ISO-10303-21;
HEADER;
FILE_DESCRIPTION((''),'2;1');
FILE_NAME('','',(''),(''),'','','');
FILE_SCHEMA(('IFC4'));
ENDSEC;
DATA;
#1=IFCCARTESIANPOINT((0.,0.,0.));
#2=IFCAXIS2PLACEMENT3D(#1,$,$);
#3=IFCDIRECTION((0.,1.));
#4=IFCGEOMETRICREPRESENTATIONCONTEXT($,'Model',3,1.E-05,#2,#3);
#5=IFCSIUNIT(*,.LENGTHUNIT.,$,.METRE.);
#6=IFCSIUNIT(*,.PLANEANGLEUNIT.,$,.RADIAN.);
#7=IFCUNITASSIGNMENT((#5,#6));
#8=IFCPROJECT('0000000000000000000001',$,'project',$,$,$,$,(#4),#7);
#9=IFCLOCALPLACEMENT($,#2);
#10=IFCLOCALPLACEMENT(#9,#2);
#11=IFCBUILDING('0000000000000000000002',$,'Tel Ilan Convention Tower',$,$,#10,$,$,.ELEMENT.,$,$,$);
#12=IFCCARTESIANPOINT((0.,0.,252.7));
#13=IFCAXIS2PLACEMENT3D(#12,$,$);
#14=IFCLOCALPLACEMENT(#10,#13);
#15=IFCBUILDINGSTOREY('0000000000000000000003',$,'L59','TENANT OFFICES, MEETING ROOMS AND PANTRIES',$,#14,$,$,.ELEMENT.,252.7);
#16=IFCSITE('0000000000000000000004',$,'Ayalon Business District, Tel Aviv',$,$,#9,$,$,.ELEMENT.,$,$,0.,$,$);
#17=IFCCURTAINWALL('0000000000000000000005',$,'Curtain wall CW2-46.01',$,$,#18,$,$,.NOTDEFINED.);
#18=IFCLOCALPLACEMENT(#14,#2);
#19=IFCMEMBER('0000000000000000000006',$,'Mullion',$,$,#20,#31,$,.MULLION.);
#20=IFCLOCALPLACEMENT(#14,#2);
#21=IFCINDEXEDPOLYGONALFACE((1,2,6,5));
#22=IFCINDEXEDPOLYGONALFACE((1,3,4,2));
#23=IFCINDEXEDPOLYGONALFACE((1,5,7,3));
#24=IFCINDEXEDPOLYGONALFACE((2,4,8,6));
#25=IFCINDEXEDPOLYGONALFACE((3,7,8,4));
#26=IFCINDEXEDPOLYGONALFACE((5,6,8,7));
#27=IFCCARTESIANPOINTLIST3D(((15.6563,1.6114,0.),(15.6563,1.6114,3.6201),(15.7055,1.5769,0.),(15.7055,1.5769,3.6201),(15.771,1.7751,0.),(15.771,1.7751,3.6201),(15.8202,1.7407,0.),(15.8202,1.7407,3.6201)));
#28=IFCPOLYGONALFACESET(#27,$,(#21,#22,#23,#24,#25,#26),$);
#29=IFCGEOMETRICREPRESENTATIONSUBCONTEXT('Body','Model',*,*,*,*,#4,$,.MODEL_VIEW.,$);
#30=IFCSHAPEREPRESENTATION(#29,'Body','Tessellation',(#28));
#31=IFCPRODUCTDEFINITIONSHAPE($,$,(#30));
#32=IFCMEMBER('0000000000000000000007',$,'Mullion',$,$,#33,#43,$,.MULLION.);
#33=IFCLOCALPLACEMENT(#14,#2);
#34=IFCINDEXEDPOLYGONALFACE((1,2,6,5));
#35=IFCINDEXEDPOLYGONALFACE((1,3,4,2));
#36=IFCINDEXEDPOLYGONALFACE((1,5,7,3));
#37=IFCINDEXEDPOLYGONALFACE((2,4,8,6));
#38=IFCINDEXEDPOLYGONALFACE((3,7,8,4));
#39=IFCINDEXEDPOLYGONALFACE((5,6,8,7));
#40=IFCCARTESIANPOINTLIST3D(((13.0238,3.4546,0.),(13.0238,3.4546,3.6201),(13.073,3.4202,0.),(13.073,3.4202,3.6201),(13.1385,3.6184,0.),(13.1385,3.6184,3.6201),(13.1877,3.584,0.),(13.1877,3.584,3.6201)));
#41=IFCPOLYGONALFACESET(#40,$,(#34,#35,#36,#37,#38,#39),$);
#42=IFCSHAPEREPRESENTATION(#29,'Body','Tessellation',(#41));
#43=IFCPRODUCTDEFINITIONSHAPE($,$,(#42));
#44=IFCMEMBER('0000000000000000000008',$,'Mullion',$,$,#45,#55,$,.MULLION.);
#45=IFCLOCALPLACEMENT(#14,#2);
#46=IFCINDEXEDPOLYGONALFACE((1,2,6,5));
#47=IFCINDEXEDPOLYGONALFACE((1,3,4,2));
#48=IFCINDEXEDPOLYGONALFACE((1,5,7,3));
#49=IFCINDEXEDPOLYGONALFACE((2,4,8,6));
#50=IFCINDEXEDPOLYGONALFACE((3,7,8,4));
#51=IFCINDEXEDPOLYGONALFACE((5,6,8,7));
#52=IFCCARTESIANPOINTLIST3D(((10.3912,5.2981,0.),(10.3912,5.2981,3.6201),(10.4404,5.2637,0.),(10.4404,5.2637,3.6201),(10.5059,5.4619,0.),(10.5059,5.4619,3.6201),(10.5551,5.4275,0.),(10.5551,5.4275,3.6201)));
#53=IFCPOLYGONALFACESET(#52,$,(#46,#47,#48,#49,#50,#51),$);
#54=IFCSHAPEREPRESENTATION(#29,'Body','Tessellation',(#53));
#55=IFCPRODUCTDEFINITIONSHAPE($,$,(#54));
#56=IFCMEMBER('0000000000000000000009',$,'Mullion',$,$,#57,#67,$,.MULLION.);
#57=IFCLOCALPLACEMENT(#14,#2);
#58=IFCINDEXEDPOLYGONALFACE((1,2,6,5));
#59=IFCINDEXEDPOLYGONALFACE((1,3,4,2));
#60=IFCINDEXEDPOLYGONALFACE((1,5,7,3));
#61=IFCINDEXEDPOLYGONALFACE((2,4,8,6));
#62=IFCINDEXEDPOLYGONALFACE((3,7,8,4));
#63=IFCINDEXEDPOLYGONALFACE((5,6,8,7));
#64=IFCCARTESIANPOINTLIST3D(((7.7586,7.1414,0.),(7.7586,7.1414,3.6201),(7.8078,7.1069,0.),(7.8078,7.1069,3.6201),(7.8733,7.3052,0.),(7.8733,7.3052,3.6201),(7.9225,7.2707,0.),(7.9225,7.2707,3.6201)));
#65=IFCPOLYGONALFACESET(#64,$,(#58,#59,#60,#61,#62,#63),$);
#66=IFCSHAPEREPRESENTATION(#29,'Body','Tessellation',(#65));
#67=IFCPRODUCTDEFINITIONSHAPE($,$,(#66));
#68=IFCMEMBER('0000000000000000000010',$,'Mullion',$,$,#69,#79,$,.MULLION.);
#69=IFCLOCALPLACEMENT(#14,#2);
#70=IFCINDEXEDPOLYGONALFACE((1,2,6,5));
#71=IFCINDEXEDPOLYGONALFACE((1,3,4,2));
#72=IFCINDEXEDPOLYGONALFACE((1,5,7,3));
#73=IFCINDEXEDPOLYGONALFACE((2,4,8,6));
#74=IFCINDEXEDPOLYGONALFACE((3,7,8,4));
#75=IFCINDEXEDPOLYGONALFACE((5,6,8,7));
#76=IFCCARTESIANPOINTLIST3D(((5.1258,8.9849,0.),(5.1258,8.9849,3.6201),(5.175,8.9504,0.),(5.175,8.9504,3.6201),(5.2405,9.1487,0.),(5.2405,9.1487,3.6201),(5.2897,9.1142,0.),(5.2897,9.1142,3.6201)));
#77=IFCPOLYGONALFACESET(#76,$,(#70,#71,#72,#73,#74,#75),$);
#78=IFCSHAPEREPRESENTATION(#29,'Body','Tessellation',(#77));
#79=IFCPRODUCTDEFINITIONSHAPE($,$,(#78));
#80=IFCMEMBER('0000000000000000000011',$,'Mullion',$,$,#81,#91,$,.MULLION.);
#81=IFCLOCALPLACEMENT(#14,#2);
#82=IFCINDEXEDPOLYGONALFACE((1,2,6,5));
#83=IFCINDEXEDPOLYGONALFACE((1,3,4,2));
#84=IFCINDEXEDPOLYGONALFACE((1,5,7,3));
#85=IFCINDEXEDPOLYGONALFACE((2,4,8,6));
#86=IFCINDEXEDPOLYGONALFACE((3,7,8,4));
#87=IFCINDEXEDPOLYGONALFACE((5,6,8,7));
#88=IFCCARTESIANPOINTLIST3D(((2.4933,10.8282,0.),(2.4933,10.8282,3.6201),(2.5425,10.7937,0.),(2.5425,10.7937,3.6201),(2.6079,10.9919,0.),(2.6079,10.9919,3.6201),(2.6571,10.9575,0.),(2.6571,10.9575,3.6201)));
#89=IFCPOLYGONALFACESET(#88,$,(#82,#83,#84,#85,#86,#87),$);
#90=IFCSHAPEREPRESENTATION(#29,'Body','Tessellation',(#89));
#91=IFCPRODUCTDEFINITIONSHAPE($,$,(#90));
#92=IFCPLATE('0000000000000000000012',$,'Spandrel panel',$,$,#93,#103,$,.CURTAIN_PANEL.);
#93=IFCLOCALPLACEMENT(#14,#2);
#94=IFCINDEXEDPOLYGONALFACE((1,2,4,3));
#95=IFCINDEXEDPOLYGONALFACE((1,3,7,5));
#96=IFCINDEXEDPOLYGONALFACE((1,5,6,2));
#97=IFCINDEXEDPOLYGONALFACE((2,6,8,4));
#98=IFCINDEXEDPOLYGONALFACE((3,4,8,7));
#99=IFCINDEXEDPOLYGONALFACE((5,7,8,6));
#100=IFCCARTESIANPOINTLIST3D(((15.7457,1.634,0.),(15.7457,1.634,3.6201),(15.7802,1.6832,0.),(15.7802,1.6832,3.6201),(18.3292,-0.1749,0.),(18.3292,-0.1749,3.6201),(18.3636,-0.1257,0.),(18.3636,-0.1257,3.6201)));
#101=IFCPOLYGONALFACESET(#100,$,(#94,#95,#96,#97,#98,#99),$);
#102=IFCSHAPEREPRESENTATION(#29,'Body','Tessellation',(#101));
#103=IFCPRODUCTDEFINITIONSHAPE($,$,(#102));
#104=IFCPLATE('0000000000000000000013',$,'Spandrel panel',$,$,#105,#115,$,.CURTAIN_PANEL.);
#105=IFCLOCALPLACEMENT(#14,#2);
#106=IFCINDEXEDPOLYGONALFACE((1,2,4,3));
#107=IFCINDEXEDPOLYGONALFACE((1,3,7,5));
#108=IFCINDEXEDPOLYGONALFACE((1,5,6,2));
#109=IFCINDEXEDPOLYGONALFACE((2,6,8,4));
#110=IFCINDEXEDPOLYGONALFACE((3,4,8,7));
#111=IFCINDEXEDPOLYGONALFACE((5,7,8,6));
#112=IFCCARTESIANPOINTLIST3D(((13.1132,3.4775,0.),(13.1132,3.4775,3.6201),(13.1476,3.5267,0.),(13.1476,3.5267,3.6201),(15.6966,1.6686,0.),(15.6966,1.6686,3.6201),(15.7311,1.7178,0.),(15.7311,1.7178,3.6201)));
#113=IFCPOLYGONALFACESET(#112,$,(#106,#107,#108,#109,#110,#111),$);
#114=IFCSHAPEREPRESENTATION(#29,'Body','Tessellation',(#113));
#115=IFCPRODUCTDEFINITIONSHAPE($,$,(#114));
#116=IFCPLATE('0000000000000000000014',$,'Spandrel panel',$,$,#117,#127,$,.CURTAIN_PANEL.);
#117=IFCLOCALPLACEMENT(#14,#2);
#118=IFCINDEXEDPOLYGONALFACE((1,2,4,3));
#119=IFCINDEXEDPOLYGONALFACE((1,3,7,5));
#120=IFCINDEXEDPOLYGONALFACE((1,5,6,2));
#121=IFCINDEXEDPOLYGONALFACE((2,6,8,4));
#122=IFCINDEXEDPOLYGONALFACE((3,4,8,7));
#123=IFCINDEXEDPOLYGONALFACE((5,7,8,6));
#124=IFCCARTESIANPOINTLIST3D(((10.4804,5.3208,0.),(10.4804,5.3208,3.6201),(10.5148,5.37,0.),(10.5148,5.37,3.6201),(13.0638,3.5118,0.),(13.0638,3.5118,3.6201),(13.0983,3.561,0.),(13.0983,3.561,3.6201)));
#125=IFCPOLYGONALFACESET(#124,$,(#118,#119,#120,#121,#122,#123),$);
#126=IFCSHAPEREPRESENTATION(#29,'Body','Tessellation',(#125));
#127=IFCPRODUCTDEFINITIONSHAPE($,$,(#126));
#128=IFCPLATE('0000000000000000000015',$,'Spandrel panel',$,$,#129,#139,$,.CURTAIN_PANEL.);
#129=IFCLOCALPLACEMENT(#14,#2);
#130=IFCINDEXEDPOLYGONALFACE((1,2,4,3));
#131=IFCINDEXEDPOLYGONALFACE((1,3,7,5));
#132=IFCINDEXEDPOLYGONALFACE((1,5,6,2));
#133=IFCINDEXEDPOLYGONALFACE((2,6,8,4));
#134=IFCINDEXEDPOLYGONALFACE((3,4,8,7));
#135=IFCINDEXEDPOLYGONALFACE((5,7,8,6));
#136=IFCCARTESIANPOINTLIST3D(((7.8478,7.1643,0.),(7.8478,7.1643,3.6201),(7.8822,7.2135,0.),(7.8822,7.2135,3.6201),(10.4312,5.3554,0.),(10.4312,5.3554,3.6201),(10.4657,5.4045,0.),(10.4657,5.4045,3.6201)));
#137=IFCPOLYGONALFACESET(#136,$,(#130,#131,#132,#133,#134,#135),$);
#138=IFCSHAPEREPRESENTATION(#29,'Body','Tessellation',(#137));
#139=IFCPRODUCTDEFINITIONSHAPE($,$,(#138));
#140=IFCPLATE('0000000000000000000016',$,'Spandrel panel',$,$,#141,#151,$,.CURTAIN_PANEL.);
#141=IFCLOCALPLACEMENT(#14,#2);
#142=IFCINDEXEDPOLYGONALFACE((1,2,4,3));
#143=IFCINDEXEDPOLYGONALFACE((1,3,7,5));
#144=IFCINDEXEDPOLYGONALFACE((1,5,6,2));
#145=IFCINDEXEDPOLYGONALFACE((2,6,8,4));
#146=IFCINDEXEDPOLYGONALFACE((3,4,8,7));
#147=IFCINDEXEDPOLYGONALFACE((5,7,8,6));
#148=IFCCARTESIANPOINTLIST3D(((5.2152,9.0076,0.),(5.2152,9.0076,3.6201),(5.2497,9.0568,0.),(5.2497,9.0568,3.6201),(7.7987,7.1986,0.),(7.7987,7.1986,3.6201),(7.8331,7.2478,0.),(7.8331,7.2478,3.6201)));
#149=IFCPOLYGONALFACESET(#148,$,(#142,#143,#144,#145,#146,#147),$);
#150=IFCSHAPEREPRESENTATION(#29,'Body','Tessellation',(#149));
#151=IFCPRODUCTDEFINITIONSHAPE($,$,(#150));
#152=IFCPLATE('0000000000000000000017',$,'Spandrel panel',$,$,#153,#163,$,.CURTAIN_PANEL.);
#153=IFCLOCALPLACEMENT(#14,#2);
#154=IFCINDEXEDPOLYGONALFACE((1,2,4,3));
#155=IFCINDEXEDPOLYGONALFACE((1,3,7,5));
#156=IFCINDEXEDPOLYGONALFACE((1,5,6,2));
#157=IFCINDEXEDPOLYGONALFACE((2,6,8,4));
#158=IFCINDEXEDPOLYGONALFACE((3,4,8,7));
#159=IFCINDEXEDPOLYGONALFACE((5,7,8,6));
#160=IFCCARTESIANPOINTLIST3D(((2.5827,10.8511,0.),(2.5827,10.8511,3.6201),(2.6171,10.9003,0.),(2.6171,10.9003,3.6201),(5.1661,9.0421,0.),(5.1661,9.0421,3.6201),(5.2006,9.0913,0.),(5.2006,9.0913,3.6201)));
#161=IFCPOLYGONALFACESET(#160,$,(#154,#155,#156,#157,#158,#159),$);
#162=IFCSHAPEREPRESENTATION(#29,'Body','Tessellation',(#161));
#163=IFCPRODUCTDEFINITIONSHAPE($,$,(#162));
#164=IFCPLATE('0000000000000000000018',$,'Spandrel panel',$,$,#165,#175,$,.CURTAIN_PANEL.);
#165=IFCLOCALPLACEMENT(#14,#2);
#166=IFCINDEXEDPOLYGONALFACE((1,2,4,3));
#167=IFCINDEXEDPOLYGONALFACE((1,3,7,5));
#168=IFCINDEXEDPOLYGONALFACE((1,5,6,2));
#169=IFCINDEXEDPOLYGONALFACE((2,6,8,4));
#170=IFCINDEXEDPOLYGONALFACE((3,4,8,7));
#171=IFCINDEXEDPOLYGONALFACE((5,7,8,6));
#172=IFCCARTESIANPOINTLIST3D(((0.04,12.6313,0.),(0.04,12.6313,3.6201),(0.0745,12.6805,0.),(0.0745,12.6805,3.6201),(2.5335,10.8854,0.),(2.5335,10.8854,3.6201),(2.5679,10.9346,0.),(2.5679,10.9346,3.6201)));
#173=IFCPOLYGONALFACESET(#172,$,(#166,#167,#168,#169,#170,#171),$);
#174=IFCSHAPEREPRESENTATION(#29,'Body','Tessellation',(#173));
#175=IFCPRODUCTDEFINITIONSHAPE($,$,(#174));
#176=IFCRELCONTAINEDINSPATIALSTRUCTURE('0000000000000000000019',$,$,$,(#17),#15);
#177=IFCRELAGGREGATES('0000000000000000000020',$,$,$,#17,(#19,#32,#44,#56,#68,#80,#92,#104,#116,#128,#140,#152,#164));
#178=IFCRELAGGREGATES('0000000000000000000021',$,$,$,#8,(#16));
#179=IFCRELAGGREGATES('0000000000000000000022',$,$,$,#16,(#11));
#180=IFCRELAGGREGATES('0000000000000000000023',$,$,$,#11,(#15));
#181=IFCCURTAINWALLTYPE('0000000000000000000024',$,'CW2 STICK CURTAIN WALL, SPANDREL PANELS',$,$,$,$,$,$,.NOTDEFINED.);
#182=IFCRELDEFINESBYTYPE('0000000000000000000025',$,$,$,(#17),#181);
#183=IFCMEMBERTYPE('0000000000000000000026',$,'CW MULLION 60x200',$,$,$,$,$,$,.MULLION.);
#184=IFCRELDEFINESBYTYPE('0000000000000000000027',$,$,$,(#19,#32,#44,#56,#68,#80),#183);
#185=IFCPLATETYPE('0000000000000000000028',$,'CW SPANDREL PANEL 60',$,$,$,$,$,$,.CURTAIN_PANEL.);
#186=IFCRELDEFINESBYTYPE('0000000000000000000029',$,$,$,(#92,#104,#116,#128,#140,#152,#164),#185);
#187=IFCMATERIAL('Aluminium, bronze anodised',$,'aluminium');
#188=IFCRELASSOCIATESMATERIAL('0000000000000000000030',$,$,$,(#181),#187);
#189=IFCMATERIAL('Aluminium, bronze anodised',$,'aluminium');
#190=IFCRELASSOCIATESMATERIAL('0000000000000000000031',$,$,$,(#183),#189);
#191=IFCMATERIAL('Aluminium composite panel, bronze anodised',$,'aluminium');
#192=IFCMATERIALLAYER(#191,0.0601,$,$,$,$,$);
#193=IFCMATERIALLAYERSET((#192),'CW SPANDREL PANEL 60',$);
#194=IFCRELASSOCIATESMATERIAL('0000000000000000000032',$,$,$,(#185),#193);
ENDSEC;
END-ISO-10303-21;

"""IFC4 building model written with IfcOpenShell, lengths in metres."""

from ifc_helpers import new_model, si_unit, direction, frame, origin, origin_2d, place, context, subcontext, project, spatial, rectangle, extrude, material, layer, layer_set, material_profile, profile_set, type_object, element, aggregate, save


model = new_model("IFC4")

# Units and contexts
model_context = context("Model", 3, precision=1e-05, world=origin(), true_north=direction((0.0, 1.0)))
body_context = subcontext(model_context, "Body", "Model", "MODEL_VIEW")
ifc_project = project(units=[si_unit("LENGTHUNIT", "METRE"), si_unit("PLANEANGLEUNIT", "RADIAN")], contexts=[model_context])

# Site, building, storey
site_placement = place(None, origin())
site = spatial("IfcSite", under=ifc_project, at=site_placement, Name="Ayalon Business District, Tel Aviv", CompositionType="ELEMENT", RefElevation=0.0)
building_placement = place(site_placement, origin())
building = spatial("IfcBuilding", under=site, at=building_placement, Name="Tel Ilan Convention Tower", CompositionType="ELEMENT")
storey_placement = place(building_placement, frame((0.0, 0.0, 252.7)))
storey = spatial("IfcBuildingStorey", under=building, at=storey_placement, Name="L59", Description="TENANT OFFICES, MEETING ROOMS AND PANTRIES", CompositionType="ELEMENT", Elevation=252.7)

# Curtain wall, members, plates
ifc_material_1 = material(Name="Aluminium, bronze anodised", Category="aluminium")
curtain_wall_type = type_object("IfcCurtainWallType", Name="CW2 STICK CURTAIN WALL, SPANDREL PANELS", PredefinedType="NOTDEFINED", material=ifc_material_1)
curtain_wall_placement = place(storey_placement, origin())
curtain_wall = element("IfcCurtainWall", 1, at=curtain_wall_placement, inside=storey, type_object=curtain_wall_type, Name="Curtain wall CW2-46.01", PredefinedType="NOTDEFINED")
ifc_material_2 = material(Name="Aluminium, bronze anodised", Category="aluminium")
ifc_material_profile = material_profile(ifc_material_2, rectangle(XDim=0.0601, YDim=0.2, at=origin_2d()), Name="CW MULLION 60x200")
ifc_profile_set = profile_set([ifc_material_profile], Name="Aluminium, bronze anodised")
member_type = type_object("IfcMemberType", Name="CW MULLION 60x200", PredefinedType="MULLION", material=ifc_profile_set)
member_1_placement = place(storey_placement, frame((15.7383, 1.676, 0.0), z_axis=(0.0, 0.0, 1.0), x_axis=(-0.819152, 0.573576, 0.0)))
member_1 = element("IfcMember", 2, at=member_1_placement, type_object=member_type, Name="Mullion", PredefinedType="MULLION", context=body_context, shape_type="SweptSolid", body=[
    extrude(rectangle(XDim=0.0601, YDim=0.2, at=origin_2d()), origin(), (0.0, 0.0, 1.0), 3.6201),
])
member_2_placement = place(storey_placement, frame((13.1057, 3.5193, 0.0), z_axis=(0.0, 0.0, 1.0), x_axis=(-0.819152, 0.573576, 0.0)))
member_2 = element("IfcMember", 3, at=member_2_placement, type_object=member_type, Name="Mullion", PredefinedType="MULLION", context=body_context, shape_type="SweptSolid", body=[
    extrude(rectangle(XDim=0.0601, YDim=0.2, at=origin_2d()), origin(), (0.0, 0.0, 1.0), 3.6201),
])
member_3_placement = place(storey_placement, frame((10.4731, 5.3628, 0.0), z_axis=(0.0, 0.0, 1.0), x_axis=(-0.819152, 0.573576, 0.0)))
member_3 = element("IfcMember", 4, at=member_3_placement, type_object=member_type, Name="Mullion", PredefinedType="MULLION", context=body_context, shape_type="SweptSolid", body=[
    extrude(rectangle(XDim=0.0601, YDim=0.2, at=origin_2d()), origin(), (0.0, 0.0, 1.0), 3.6201),
])
member_4_placement = place(storey_placement, frame((7.8406, 7.2061, 0.0), z_axis=(0.0, 0.0, 1.0), x_axis=(-0.819152, 0.573576, 0.0)))
member_4 = element("IfcMember", 5, at=member_4_placement, type_object=member_type, Name="Mullion", PredefinedType="MULLION", context=body_context, shape_type="SweptSolid", body=[
    extrude(rectangle(XDim=0.0601, YDim=0.2, at=origin_2d()), origin(), (0.0, 0.0, 1.0), 3.6201),
])
member_5_placement = place(storey_placement, frame((5.2078, 9.0496, 0.0), z_axis=(0.0, 0.0, 1.0), x_axis=(-0.819152, 0.573576, 0.0)))
member_5 = element("IfcMember", 6, at=member_5_placement, type_object=member_type, Name="Mullion", PredefinedType="MULLION", context=body_context, shape_type="SweptSolid", body=[
    extrude(rectangle(XDim=0.0601, YDim=0.2, at=origin_2d()), origin(), (0.0, 0.0, 1.0), 3.6201),
])
member_6_placement = place(storey_placement, frame((2.5752, 10.8928, 0.0), z_axis=(0.0, 0.0, 1.0), x_axis=(-0.819152, 0.573576, 0.0)))
member_6 = element("IfcMember", 7, at=member_6_placement, type_object=member_type, Name="Mullion", PredefinedType="MULLION", context=body_context, shape_type="SweptSolid", body=[
    extrude(rectangle(XDim=0.0601, YDim=0.2, at=origin_2d()), origin(), (0.0, 0.0, 1.0), 3.6201),
])
ifc_material_3 = material(Name="Aluminium composite panel, bronze anodised", Category="aluminium")
ifc_layer_1 = layer(ifc_material_3, 0.0601)
ifc_layer_set_1 = layer_set([ifc_layer_1], Name="CW SPANDREL PANEL 60")
plate_type = type_object("IfcPlateType", Name="CW SPANDREL PANEL 60", PredefinedType="CURTAIN_PANEL", material=ifc_layer_set_1)
plate_1_placement = place(storey_placement, frame((17.0547, 0.7542, 0.0), z_axis=(0.0, 0.0, 1.0), x_axis=(-0.819152, 0.573576, 0.0)))
plate_1 = element("IfcPlate", 8, at=plate_1_placement, type_object=plate_type, Name="Spandrel panel", PredefinedType="CURTAIN_PANEL", context=body_context, shape_type="SweptSolid", body=[
    extrude(rectangle(XDim=3.1538, YDim=0.0601, at=origin_2d()), origin(), (0.0, 0.0, 1.0), 3.6201),
])
plate_2_placement = place(storey_placement, frame((14.4221, 2.5977, 0.0), z_axis=(0.0, 0.0, 1.0), x_axis=(-0.819152, 0.573576, 0.0)))
plate_2 = element("IfcPlate", 9, at=plate_2_placement, type_object=plate_type, Name="Spandrel panel", PredefinedType="CURTAIN_PANEL", context=body_context, shape_type="SweptSolid", body=[
    extrude(rectangle(XDim=3.1538, YDim=0.0601, at=origin_2d()), origin(), (0.0, 0.0, 1.0), 3.6201),
])
plate_3_placement = place(storey_placement, frame((11.7893, 4.4409, 0.0), z_axis=(0.0, 0.0, 1.0), x_axis=(-0.819152, 0.573576, 0.0)))
plate_3 = element("IfcPlate", 10, at=plate_3_placement, type_object=plate_type, Name="Spandrel panel", PredefinedType="CURTAIN_PANEL", context=body_context, shape_type="SweptSolid", body=[
    extrude(rectangle(XDim=3.1538, YDim=0.0601, at=origin_2d()), origin(), (0.0, 0.0, 1.0), 3.6201),
])
plate_4_placement = place(storey_placement, frame((9.1567, 6.2844, 0.0), z_axis=(0.0, 0.0, 1.0), x_axis=(-0.819152, 0.573576, 0.0)))
plate_4 = element("IfcPlate", 11, at=plate_4_placement, type_object=plate_type, Name="Spandrel panel", PredefinedType="CURTAIN_PANEL", context=body_context, shape_type="SweptSolid", body=[
    extrude(rectangle(XDim=3.1538, YDim=0.0601, at=origin_2d()), origin(), (0.0, 0.0, 1.0), 3.6201),
])
plate_5_placement = place(storey_placement, frame((6.5242, 8.1277, 0.0), z_axis=(0.0, 0.0, 1.0), x_axis=(-0.819152, 0.573576, 0.0)))
plate_5 = element("IfcPlate", 12, at=plate_5_placement, type_object=plate_type, Name="Spandrel panel", PredefinedType="CURTAIN_PANEL", context=body_context, shape_type="SweptSolid", body=[
    extrude(rectangle(XDim=3.1538, YDim=0.0601, at=origin_2d()), origin(), (0.0, 0.0, 1.0), 3.6201),
])
plate_6_placement = place(storey_placement, frame((3.8916, 9.9712, 0.0), z_axis=(0.0, 0.0, 1.0), x_axis=(-0.819152, 0.573576, 0.0)))
plate_6 = element("IfcPlate", 13, at=plate_6_placement, type_object=plate_type, Name="Spandrel panel", PredefinedType="CURTAIN_PANEL", context=body_context, shape_type="SweptSolid", body=[
    extrude(rectangle(XDim=3.1538, YDim=0.0601, at=origin_2d()), origin(), (0.0, 0.0, 1.0), 3.6201),
])
plate_7_placement = place(storey_placement, frame((1.304, 11.783, 0.0), z_axis=(0.0, 0.0, 1.0), x_axis=(-0.819152, 0.573576, 0.0)))
plate_7 = element("IfcPlate", 14, at=plate_7_placement, type_object=plate_type, Name="Spandrel panel", PredefinedType="CURTAIN_PANEL", context=body_context, shape_type="SweptSolid", body=[
    extrude(rectangle(XDim=3.0439, YDim=0.0601, at=origin_2d()), origin(), (0.0, 0.0, 1.0), 3.6201),
])
aggregate(curtain_wall, [member_1, member_2, member_3, member_4, member_5, member_6, plate_1, plate_2, plate_3, plate_4, plate_5, plate_6, plate_7])

save(model, "model.ifc")
